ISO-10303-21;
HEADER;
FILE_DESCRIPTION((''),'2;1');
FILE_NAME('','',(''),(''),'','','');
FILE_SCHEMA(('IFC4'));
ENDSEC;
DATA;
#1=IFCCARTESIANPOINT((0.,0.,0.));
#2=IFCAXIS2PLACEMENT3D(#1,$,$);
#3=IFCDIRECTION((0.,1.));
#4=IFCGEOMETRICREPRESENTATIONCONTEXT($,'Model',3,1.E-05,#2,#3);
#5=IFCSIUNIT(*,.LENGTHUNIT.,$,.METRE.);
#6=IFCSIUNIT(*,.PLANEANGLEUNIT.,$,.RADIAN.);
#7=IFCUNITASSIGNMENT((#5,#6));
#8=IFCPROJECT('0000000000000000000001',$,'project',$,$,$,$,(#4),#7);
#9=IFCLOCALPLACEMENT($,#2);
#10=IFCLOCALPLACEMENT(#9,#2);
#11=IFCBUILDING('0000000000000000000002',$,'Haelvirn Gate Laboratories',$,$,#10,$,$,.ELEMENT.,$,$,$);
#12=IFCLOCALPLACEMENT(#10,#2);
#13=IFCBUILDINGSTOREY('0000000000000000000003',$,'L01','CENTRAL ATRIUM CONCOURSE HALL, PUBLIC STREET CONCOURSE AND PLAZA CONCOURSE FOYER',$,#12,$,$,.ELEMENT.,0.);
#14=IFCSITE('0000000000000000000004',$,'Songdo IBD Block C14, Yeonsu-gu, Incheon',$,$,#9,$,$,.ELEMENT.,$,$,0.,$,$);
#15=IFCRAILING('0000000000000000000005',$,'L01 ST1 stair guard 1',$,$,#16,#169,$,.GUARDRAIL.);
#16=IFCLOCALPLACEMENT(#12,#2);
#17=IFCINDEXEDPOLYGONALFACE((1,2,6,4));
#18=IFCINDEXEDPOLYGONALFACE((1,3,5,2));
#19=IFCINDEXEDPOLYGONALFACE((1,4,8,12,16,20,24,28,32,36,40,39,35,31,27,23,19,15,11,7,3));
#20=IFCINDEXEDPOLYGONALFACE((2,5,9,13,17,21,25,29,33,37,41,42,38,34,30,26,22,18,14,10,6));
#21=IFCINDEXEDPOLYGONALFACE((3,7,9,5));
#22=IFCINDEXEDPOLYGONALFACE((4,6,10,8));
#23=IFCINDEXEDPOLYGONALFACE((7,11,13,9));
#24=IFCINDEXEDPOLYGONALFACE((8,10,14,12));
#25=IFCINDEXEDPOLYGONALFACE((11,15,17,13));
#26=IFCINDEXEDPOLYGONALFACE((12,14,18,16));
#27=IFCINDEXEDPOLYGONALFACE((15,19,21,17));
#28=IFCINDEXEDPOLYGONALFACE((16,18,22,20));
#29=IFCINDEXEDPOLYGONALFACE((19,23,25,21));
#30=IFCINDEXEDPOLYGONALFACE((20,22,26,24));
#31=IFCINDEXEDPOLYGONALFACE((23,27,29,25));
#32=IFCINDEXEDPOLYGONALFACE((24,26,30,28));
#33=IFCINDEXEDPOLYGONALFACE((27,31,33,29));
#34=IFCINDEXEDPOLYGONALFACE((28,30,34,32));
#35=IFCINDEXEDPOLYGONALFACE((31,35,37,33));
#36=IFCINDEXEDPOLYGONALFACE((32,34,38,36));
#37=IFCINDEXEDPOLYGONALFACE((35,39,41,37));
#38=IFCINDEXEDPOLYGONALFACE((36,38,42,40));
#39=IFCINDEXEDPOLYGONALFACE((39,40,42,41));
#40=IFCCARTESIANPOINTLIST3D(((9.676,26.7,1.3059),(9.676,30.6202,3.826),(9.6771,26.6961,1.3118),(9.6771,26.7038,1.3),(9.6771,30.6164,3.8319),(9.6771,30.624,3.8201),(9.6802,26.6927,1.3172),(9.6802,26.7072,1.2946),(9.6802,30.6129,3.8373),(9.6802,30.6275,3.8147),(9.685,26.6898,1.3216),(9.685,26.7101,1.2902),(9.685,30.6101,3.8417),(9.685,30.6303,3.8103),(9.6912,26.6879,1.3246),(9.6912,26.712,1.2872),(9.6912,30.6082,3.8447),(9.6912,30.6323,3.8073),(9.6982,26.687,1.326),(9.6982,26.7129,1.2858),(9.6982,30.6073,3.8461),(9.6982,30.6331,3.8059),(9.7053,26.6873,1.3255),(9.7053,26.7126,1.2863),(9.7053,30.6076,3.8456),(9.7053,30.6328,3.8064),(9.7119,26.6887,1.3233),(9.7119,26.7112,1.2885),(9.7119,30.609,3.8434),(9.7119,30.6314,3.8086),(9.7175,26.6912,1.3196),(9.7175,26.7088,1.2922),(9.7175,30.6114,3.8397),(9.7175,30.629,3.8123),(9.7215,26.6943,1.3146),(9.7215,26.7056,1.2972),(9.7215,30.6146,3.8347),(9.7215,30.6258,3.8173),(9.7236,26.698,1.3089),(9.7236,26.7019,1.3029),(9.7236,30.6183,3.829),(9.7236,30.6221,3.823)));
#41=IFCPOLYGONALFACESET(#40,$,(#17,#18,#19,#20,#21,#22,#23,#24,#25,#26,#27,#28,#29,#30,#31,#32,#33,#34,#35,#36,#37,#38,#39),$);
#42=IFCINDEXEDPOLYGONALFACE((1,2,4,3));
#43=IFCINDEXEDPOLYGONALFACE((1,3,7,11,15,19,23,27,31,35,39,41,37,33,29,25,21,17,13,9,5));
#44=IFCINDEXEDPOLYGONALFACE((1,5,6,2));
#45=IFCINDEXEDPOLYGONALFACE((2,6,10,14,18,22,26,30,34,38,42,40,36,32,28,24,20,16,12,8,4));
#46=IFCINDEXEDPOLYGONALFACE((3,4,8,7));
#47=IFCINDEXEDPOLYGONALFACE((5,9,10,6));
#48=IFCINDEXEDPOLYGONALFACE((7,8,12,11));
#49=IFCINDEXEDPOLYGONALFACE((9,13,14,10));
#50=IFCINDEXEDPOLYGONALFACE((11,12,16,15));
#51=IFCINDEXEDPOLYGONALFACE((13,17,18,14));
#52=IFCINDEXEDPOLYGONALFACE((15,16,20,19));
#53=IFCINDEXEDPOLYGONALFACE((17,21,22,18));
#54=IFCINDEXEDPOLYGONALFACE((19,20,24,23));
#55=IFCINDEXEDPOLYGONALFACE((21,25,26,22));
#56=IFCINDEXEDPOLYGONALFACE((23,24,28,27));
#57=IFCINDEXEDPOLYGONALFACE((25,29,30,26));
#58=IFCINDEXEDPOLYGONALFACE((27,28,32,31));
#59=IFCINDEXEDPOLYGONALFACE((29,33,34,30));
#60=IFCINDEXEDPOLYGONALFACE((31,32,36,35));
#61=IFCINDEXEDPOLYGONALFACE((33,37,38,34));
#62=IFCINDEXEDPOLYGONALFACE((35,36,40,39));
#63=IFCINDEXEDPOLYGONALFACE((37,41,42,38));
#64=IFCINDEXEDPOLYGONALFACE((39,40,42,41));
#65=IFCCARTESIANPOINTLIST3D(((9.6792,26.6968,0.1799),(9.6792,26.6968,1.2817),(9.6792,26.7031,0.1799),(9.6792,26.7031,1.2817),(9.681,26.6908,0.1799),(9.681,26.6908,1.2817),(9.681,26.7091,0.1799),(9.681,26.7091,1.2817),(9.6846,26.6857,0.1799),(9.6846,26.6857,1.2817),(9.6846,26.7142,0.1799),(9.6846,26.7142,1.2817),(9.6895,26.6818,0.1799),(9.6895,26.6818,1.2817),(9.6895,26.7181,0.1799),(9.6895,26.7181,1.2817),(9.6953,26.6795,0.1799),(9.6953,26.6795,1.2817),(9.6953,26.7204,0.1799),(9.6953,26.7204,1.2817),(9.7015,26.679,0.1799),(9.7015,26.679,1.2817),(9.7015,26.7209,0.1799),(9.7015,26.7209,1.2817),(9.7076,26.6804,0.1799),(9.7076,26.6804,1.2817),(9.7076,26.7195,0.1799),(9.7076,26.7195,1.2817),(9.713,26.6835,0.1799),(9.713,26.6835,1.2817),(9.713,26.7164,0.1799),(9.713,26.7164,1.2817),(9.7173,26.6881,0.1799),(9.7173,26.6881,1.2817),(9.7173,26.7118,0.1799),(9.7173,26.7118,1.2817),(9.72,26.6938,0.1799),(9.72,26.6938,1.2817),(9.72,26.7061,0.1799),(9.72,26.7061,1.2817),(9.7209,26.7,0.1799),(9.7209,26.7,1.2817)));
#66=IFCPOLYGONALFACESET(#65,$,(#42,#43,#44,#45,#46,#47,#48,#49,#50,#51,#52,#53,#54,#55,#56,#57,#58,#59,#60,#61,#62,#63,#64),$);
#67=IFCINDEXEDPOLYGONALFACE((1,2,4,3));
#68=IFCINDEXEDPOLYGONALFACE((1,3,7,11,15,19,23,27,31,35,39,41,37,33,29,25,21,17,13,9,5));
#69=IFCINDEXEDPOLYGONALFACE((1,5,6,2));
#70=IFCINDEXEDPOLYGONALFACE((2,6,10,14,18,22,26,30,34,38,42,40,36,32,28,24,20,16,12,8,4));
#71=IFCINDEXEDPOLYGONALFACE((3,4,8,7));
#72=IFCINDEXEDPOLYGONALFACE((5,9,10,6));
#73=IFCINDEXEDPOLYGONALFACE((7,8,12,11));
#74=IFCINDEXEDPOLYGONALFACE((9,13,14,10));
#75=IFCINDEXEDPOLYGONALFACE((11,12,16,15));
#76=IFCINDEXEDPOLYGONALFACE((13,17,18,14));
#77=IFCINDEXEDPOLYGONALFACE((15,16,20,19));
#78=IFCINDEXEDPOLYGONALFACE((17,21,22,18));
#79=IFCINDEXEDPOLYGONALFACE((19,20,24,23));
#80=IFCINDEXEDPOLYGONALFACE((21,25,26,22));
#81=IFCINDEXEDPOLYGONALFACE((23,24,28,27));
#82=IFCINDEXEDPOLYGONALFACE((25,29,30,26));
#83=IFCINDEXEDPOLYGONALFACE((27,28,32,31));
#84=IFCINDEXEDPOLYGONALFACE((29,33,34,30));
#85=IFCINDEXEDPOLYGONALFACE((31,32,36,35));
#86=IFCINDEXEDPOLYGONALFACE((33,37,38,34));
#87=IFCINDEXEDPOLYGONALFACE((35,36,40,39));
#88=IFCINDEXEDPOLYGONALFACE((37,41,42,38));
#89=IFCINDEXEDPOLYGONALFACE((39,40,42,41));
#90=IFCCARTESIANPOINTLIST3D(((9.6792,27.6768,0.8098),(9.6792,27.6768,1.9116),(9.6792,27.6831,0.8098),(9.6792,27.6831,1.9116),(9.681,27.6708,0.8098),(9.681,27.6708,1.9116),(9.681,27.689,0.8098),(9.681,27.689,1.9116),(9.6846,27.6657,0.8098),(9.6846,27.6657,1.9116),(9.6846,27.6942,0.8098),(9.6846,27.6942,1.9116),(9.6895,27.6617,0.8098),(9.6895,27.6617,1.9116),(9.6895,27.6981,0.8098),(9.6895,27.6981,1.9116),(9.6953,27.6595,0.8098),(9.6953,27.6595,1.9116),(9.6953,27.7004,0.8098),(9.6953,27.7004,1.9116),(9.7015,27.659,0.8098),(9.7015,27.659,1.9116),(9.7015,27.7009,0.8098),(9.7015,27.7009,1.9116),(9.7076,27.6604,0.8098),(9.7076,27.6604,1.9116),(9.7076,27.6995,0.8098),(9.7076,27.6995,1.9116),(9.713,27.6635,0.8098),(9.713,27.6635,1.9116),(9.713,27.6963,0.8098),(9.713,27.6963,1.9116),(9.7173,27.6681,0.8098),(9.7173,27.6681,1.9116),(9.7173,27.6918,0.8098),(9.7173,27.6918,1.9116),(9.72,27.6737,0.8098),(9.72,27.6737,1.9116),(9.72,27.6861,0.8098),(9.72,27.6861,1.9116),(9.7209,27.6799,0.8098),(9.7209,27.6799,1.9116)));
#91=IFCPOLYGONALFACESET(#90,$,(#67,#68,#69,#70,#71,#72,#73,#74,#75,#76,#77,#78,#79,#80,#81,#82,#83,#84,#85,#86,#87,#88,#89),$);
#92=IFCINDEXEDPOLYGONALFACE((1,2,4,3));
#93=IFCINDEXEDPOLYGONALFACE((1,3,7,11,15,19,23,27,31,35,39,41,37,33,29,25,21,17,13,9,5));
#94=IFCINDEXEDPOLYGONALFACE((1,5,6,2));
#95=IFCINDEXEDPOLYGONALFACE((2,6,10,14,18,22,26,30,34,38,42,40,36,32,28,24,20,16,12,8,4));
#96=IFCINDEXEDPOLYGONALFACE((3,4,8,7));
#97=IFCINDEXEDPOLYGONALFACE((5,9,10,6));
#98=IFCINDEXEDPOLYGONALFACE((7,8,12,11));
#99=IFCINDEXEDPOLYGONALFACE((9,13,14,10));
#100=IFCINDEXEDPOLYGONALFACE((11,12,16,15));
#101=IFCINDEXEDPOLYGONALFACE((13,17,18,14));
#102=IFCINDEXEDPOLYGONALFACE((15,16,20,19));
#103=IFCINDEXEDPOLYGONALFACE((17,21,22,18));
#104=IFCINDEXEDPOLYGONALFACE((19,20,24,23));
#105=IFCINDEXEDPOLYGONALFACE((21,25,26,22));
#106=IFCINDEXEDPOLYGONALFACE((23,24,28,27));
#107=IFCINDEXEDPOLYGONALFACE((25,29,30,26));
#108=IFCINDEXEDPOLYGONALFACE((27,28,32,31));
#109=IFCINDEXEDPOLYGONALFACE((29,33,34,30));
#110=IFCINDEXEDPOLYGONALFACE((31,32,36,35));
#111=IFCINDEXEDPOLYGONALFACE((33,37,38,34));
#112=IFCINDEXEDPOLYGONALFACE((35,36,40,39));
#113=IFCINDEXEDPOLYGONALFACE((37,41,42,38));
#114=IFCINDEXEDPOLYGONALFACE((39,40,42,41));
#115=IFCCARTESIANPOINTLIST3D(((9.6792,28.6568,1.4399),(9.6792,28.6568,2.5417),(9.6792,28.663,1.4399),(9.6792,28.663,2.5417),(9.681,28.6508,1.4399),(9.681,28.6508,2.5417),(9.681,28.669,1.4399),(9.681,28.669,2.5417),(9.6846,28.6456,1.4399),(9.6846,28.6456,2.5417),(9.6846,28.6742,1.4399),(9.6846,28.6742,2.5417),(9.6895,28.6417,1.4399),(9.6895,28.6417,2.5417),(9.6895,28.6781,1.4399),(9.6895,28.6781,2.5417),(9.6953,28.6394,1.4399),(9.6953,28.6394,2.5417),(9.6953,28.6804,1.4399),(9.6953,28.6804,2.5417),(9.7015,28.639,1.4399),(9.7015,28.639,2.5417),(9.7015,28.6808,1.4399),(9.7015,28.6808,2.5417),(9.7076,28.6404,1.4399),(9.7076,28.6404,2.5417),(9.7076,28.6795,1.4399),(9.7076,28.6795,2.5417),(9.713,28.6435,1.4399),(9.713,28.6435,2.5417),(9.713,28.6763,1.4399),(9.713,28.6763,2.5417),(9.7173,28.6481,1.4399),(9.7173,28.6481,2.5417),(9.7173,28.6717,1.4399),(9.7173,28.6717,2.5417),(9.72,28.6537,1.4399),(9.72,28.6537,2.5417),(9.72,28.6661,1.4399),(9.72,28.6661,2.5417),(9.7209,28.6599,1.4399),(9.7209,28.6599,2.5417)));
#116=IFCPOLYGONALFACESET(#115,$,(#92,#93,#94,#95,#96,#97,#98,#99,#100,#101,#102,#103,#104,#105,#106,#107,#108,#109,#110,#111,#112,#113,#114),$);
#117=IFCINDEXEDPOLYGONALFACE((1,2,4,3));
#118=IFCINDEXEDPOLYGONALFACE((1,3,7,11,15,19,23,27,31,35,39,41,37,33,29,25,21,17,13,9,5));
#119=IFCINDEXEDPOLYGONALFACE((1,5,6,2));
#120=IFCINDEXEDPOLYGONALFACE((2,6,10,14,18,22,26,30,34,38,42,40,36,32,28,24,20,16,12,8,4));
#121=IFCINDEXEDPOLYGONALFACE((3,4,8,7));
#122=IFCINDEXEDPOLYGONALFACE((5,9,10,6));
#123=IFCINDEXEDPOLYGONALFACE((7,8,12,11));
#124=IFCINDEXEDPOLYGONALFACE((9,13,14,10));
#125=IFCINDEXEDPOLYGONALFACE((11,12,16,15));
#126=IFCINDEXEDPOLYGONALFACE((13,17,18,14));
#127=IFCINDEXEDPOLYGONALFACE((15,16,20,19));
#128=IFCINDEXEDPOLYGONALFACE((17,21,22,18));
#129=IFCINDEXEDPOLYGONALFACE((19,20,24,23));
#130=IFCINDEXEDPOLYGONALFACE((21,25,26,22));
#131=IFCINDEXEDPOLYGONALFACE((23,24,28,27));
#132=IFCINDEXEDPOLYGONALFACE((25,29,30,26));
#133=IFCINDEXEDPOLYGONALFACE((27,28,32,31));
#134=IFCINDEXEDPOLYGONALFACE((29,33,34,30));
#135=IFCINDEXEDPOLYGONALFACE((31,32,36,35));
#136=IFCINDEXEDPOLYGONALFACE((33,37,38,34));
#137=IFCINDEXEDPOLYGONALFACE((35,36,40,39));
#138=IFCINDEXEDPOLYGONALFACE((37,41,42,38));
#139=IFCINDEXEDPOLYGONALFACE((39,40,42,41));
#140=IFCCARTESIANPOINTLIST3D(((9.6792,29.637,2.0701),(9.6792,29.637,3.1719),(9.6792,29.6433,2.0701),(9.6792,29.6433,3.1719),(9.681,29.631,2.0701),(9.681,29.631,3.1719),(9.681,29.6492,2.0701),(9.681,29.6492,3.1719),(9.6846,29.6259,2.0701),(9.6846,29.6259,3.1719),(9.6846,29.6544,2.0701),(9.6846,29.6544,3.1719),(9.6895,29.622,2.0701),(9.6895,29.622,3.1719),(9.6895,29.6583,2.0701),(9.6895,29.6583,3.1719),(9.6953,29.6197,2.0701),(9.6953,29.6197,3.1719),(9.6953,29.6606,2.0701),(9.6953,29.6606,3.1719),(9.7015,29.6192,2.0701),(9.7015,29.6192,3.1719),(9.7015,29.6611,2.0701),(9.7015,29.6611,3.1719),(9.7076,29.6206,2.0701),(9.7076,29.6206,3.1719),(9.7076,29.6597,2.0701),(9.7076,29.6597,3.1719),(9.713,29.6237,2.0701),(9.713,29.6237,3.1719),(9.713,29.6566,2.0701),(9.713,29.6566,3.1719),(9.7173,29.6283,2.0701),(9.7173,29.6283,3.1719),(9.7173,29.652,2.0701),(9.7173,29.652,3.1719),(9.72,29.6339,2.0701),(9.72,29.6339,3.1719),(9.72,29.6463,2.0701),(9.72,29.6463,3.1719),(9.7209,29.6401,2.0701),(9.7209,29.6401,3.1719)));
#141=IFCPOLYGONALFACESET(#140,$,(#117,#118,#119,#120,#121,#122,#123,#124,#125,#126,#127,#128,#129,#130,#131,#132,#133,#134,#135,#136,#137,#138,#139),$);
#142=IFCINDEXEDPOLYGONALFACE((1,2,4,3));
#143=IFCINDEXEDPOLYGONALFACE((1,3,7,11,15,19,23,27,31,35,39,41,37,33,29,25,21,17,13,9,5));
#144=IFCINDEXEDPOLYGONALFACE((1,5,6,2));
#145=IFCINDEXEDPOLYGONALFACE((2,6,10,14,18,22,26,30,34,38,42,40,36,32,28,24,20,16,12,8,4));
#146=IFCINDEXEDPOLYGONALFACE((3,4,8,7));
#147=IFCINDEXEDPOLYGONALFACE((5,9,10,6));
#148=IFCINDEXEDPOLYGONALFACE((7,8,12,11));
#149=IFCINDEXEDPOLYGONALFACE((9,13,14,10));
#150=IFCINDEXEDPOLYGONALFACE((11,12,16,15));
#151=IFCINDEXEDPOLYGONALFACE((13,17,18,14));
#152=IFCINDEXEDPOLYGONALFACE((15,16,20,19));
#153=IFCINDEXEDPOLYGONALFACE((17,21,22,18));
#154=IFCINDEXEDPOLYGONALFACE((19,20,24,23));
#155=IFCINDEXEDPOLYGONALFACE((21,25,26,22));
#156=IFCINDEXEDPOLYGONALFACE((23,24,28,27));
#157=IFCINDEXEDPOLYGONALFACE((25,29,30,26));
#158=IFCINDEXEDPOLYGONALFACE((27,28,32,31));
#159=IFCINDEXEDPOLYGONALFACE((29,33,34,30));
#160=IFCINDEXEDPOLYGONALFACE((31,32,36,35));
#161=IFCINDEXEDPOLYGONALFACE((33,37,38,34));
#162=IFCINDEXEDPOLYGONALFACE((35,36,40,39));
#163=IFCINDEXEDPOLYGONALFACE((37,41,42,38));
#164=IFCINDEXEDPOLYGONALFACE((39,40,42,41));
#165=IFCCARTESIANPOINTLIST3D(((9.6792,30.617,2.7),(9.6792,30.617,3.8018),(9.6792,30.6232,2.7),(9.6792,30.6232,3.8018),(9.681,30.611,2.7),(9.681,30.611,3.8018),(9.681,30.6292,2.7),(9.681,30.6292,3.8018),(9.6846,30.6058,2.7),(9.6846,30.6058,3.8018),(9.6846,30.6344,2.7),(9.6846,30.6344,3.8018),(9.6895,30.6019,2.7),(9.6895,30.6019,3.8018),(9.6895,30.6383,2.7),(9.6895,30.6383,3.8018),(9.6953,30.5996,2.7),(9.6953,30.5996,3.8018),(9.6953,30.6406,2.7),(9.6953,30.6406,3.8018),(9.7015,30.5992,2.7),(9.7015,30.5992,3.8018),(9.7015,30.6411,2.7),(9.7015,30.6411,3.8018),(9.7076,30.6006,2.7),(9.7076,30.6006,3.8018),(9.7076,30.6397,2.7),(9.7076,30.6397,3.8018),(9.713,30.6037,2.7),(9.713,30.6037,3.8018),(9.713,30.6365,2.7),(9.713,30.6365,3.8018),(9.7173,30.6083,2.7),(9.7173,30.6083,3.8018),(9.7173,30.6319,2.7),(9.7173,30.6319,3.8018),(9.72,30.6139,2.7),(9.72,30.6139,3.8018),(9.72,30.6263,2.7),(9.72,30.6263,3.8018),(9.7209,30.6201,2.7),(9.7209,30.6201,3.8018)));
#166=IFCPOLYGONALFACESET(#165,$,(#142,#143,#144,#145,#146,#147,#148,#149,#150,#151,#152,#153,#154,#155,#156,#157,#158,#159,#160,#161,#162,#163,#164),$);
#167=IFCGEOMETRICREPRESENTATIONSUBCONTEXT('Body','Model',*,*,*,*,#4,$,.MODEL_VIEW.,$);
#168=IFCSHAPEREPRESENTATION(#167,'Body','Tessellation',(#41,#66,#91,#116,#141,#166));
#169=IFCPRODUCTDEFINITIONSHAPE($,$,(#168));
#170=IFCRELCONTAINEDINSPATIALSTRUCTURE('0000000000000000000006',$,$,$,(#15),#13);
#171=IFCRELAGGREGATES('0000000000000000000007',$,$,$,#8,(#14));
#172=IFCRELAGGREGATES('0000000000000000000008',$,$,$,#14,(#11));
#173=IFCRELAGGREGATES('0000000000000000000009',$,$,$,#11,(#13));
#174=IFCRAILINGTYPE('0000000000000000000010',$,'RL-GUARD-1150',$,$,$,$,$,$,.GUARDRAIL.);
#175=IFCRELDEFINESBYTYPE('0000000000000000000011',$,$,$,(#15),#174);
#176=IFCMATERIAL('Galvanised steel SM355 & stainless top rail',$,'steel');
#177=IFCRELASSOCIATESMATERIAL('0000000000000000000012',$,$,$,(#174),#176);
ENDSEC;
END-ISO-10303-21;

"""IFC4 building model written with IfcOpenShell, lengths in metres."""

from ifc_helpers import new_model, si_unit, direction, frame, origin, origin_2d, place, context, subcontext, project, spatial, circle, extrude, source, transform, mapped, material, type_object, element, save


model = new_model("IFC4")

# Units and contexts
model_context = context("Model", 3, precision=1e-05, world=origin(), true_north=direction((0.0, 1.0)))
body_context = subcontext(model_context, "Body", "Model", "MODEL_VIEW")
ifc_project = project(units=[si_unit("LENGTHUNIT", "METRE"), si_unit("PLANEANGLEUNIT", "RADIAN")], contexts=[model_context])

# Site, building, storey
site_placement = place(None, origin())
site = spatial("IfcSite", under=ifc_project, at=site_placement, Name="Songdo IBD Block C14, Yeonsu-gu, Incheon", CompositionType="ELEMENT", RefElevation=0.0)
building_placement = place(site_placement, origin())
building = spatial("IfcBuilding", under=site, at=building_placement, Name="Haelvirn Gate Laboratories", CompositionType="ELEMENT")
storey_placement = place(building_placement, origin())
storey = spatial("IfcBuildingStorey", under=building, at=storey_placement, Name="L01", Description="CENTRAL ATRIUM CONCOURSE HALL, PUBLIC STREET CONCOURSE AND PLAZA CONCOURSE FOYER", CompositionType="ELEMENT", Elevation=0.0)

# Railing
ifc_material_1 = material(Name="Galvanised steel SM355 & stainless top rail", Category="steel")
railing_type_1 = type_object("IfcRailingType", Name="RL-GUARD-1150", PredefinedType="GUARDRAIL", material=ifc_material_1)
shared_shape_1 = source(origin(), body_context, "Body", "SweptSolid", [
    extrude(circle(Radius=0.0239, at=origin_2d()), frame((0.0, 0.0, 1.126), z_axis=(0.0, 0.841187, 0.540744), x_axis=(-1.0, 0.0, 0.0)), (0.0, 0.0, 1.0), 4.6604),
    extrude(circle(Radius=0.021, at=origin_2d()), origin(), (0.0, 0.0, 1.0), 1.1018),
    extrude(circle(Radius=0.021, at=origin_2d()), frame((0.0, 0.98, 0.6299)), (0.0, 0.0, 1.0), 1.1018),
    extrude(circle(Radius=0.021, at=origin_2d()), frame((0.0, 1.96, 1.26)), (0.0, 0.0, 1.0), 1.1018),
    extrude(circle(Radius=0.021, at=origin_2d()), frame((0.0, 2.9402, 1.8901)), (0.0, 0.0, 1.0), 1.1018),
    extrude(circle(Radius=0.021, at=origin_2d()), frame((0.0, 3.9202, 2.52)), (0.0, 0.0, 1.0), 1.1018),
])
railing_1_placement = place(storey_placement, frame((9.7, 26.7, 0.1799)))
element("IfcRailing", 1, at=railing_1_placement, inside=storey, type_object=railing_type_1, Name="L01 ST1 stair guard 1", PredefinedType="GUARDRAIL", context=body_context, shape_type="MappedRepresentation", body=[
    mapped(shared_shape_1, transform((0.0, 0.0, 0.0), scale=1.0)),
])

save(model, "model.ifc")
